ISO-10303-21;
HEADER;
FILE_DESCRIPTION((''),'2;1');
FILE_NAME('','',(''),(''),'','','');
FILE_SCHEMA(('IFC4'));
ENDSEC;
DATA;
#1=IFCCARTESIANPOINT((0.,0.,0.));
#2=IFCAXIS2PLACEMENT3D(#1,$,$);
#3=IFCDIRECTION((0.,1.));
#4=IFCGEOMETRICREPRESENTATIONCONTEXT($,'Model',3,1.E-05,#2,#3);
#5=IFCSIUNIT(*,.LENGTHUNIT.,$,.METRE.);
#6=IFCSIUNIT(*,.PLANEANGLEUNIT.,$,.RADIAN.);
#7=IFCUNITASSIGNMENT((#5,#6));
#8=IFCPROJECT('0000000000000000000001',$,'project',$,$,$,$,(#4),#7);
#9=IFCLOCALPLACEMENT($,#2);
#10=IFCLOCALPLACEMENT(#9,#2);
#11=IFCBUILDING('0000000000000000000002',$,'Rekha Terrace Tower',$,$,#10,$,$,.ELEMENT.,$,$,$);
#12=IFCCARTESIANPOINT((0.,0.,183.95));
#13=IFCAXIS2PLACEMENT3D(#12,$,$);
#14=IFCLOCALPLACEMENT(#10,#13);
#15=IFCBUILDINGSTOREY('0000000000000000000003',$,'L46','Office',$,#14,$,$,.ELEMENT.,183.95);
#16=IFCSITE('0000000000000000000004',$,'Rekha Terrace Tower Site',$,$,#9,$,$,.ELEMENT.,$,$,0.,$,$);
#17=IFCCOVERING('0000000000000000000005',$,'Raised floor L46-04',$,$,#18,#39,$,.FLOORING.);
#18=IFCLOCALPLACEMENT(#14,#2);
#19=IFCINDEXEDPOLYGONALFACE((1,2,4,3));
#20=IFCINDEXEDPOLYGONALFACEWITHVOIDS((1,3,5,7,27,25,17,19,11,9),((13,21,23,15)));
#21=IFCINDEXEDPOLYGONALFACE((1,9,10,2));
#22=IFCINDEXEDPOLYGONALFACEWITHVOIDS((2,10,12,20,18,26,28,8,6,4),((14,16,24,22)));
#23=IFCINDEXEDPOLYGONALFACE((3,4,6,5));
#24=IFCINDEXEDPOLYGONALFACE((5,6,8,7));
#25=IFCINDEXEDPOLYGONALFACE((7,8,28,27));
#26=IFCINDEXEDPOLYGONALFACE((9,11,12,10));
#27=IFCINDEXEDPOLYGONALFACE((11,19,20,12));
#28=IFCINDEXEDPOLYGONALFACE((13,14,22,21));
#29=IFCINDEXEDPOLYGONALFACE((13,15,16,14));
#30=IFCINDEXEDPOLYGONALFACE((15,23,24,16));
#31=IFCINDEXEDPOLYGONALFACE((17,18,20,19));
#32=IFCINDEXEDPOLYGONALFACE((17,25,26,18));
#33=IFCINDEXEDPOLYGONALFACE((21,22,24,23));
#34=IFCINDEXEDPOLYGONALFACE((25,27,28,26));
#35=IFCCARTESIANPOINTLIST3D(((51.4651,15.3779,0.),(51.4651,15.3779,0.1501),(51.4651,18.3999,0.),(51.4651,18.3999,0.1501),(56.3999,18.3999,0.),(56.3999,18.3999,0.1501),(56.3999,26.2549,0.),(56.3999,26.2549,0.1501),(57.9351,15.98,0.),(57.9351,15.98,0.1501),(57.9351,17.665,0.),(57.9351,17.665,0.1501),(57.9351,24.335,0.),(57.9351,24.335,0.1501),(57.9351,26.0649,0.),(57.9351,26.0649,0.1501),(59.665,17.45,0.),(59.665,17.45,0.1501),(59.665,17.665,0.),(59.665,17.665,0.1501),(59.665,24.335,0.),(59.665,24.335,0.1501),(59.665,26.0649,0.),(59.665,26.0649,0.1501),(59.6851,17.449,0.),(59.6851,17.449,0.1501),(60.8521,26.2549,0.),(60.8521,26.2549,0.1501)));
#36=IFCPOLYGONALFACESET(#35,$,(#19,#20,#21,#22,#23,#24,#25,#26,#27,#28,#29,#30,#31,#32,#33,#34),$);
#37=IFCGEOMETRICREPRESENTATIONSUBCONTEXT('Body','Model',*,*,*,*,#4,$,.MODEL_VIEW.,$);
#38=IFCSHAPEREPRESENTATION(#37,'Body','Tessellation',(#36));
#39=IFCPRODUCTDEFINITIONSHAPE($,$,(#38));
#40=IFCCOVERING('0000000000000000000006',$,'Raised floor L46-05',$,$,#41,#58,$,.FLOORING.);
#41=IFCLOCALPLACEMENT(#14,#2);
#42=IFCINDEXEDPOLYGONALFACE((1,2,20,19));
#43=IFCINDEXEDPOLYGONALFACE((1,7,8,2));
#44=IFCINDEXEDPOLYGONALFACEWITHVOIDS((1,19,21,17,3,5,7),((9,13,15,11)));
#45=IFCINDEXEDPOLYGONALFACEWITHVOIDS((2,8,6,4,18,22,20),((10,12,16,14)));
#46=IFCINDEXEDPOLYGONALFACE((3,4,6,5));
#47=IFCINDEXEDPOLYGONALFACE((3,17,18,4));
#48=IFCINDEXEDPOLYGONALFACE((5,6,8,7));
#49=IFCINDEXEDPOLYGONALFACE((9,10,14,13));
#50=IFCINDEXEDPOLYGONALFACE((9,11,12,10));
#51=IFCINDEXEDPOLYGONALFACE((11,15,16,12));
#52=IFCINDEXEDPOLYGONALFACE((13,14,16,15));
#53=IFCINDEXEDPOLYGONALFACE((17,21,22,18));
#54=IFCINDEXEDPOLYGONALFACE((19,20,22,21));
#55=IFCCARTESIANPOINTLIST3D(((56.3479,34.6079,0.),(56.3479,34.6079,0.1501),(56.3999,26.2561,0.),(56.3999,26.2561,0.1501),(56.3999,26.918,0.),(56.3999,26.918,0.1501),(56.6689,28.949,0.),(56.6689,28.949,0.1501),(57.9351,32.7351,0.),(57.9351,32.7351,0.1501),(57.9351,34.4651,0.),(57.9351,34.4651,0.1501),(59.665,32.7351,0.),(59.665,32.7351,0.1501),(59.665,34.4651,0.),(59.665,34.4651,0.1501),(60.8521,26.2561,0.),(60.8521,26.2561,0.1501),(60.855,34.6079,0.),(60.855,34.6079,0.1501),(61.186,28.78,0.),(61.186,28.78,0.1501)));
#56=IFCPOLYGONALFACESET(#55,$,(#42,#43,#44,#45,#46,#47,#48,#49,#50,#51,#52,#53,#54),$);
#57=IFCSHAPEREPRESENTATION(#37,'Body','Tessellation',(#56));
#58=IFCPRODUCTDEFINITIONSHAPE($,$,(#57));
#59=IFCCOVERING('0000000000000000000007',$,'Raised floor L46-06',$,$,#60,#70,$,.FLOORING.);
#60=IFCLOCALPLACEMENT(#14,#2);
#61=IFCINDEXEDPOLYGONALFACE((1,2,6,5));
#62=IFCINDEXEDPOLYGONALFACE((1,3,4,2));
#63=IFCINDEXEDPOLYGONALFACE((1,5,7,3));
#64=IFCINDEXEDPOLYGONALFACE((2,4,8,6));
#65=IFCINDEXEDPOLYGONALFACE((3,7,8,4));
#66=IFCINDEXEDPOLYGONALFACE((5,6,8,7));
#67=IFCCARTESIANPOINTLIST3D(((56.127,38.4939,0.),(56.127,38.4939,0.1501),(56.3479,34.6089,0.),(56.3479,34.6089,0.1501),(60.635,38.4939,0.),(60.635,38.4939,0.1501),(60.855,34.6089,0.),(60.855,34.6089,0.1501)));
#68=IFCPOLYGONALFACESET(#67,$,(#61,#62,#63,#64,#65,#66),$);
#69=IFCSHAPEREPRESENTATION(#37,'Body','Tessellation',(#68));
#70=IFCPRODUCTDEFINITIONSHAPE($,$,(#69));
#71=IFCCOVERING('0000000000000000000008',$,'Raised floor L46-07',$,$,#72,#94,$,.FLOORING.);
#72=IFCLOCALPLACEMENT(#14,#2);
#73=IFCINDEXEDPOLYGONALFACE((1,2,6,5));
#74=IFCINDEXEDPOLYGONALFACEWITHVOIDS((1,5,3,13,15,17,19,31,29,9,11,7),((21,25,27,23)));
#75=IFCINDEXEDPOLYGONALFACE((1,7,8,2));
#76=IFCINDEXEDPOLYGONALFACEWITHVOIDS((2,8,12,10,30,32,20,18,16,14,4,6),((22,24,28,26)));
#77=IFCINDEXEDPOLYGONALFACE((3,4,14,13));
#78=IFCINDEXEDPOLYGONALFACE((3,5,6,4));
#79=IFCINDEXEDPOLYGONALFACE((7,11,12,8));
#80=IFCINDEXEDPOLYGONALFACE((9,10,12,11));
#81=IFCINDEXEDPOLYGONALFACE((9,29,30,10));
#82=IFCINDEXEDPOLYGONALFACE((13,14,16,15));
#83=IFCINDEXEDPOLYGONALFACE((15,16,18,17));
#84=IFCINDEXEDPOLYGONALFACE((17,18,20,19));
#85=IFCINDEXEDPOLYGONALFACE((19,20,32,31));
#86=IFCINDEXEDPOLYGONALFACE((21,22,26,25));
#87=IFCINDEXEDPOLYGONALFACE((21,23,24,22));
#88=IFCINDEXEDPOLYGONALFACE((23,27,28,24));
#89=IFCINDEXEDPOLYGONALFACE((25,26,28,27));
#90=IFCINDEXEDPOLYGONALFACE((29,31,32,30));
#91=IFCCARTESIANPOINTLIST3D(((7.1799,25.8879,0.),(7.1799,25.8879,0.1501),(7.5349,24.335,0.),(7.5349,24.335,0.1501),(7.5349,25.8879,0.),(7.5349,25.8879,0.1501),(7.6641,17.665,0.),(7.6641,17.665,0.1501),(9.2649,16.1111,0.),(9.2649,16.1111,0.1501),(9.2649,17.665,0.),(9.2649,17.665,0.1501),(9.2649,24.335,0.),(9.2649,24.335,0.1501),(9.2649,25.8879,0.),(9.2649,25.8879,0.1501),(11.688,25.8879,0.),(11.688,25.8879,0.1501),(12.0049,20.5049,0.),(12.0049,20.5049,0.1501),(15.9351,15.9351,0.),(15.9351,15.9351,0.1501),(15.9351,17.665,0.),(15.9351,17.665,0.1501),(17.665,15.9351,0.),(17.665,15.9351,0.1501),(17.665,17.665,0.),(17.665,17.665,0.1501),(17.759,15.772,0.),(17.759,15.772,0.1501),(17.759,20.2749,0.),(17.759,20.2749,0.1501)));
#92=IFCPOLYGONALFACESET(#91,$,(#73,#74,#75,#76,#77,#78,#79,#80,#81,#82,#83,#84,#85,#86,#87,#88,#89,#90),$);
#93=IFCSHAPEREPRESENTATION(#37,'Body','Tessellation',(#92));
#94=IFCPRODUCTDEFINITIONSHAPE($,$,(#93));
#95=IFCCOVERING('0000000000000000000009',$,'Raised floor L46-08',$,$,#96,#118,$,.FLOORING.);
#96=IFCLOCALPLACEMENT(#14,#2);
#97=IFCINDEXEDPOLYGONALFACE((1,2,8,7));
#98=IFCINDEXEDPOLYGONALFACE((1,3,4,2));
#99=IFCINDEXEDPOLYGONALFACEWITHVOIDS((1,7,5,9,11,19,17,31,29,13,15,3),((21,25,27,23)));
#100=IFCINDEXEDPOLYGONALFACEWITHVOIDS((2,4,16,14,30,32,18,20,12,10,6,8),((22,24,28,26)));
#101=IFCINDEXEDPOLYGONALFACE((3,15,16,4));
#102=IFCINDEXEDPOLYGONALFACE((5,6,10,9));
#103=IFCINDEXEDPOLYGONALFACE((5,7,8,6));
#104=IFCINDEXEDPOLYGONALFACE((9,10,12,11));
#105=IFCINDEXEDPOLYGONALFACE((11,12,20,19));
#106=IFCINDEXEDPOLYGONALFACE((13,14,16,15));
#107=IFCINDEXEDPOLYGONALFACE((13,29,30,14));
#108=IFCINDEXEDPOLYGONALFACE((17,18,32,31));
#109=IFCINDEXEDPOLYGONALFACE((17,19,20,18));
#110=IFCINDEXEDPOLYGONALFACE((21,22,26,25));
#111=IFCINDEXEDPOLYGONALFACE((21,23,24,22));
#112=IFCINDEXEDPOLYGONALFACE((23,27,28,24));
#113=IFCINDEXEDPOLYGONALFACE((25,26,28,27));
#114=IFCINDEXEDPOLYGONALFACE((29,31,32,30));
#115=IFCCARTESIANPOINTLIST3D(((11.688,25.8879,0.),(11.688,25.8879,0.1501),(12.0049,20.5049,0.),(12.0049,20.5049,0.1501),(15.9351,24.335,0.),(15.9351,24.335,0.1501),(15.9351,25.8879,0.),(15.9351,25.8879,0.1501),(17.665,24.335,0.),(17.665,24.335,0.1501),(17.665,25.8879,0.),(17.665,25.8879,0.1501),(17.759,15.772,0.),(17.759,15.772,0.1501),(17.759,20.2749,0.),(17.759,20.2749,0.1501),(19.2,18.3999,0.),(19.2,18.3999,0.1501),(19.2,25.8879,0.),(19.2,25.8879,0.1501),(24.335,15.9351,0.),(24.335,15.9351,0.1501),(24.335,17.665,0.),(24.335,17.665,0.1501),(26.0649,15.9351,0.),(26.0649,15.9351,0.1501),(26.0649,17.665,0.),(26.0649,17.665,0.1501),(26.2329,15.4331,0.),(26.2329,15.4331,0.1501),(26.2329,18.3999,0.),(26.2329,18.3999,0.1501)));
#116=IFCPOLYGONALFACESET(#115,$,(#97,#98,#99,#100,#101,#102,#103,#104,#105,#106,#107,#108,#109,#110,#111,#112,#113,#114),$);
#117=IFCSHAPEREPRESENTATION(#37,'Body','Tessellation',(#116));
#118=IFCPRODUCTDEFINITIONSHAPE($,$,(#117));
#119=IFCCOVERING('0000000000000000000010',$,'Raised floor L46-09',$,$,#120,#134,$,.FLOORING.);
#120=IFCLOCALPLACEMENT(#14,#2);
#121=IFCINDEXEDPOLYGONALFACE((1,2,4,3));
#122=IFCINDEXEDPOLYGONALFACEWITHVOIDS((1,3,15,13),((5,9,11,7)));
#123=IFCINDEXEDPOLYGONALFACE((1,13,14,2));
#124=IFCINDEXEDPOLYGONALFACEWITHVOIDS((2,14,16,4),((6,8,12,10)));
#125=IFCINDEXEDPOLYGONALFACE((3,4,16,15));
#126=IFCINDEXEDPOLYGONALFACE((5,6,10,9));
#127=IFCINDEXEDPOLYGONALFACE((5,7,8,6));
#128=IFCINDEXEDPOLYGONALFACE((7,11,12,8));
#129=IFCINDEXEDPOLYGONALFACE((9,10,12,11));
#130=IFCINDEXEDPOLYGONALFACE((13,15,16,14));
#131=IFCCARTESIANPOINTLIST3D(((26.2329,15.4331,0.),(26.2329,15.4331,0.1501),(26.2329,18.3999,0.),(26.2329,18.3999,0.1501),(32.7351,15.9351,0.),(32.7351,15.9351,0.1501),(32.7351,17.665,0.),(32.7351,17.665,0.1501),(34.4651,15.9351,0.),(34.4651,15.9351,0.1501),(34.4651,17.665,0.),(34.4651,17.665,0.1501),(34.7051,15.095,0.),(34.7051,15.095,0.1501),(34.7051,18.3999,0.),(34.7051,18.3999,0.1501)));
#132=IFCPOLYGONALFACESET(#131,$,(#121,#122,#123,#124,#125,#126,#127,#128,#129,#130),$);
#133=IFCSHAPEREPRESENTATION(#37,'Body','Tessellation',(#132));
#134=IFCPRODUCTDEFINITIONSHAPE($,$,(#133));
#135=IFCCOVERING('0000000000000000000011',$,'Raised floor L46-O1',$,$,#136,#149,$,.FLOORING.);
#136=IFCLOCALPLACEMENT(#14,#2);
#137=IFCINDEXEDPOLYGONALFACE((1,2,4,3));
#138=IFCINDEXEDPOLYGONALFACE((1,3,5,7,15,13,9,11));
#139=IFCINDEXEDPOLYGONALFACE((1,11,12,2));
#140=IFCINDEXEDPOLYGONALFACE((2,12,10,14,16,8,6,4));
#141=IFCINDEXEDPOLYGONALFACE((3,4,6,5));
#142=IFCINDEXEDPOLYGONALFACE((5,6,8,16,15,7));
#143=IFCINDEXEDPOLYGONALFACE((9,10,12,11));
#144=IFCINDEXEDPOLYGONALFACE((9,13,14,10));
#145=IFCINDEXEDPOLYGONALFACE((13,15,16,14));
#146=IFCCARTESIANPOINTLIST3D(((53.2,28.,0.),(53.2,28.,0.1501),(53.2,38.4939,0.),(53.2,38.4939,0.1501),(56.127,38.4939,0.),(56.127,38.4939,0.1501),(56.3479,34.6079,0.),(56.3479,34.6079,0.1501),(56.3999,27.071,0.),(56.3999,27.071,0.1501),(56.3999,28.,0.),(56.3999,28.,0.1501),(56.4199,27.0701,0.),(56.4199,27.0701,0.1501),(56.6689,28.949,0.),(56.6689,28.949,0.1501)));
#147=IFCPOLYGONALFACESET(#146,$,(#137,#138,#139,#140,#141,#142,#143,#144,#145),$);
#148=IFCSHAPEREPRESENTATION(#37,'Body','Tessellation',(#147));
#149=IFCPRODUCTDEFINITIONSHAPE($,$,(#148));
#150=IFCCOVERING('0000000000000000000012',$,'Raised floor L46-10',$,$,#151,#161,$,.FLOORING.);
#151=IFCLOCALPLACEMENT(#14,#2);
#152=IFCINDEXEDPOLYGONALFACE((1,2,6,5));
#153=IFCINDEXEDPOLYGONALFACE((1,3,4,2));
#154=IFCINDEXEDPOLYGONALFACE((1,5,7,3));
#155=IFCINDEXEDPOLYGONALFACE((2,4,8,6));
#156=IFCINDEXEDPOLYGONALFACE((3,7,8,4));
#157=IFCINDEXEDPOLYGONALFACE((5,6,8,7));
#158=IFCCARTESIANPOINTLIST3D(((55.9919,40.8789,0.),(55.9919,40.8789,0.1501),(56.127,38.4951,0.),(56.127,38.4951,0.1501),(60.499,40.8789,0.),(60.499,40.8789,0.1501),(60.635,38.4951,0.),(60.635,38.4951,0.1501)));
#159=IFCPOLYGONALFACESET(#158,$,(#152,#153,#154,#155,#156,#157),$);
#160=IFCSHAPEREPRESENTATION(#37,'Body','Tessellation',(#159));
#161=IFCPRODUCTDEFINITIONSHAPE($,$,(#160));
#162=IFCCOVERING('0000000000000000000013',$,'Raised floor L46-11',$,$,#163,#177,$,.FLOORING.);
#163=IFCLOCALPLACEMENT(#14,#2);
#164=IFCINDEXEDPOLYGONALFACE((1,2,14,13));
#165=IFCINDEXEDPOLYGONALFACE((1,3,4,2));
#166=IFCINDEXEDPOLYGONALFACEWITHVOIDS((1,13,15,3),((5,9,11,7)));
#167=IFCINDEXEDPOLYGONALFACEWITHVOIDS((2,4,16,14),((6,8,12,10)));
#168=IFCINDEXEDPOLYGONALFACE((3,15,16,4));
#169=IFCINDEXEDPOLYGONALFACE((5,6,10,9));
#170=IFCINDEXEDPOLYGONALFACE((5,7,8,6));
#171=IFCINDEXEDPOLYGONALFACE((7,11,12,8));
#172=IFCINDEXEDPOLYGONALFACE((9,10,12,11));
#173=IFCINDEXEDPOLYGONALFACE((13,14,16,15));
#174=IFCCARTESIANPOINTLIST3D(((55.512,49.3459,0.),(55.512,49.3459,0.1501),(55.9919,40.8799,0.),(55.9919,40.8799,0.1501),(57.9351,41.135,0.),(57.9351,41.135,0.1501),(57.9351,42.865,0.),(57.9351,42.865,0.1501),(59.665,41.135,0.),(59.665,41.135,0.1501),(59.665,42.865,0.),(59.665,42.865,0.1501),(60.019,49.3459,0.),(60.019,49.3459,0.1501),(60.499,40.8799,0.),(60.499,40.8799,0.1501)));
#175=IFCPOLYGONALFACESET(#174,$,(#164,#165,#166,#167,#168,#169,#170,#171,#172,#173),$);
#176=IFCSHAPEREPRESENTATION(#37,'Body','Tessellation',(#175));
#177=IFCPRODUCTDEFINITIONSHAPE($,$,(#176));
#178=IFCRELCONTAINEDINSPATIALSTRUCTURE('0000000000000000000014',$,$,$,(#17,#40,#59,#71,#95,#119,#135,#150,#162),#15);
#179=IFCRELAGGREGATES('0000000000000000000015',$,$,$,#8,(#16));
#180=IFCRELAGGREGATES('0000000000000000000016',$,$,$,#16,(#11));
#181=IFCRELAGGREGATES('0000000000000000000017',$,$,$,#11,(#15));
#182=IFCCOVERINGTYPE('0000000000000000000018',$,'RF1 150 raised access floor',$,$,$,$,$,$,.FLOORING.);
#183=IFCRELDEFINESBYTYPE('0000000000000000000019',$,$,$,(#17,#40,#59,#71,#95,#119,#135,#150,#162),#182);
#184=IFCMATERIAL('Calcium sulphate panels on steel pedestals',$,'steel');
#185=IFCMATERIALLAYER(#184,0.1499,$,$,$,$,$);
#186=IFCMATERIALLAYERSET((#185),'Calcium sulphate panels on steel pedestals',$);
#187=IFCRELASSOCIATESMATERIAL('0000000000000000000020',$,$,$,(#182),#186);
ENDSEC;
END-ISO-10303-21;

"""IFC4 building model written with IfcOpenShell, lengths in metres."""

from ifc_helpers import new_model, si_unit, direction, frame, origin, place, context, subcontext, project, spatial, polyline, outline, extrude, material, layer, layer_set, type_object, element, save


model = new_model("IFC4")

# Units and contexts
model_context = context("Model", 3, precision=1e-05, world=origin(), true_north=direction((0.0, 1.0)))
body_context = subcontext(model_context, "Body", "Model", "MODEL_VIEW")
ifc_project = project(units=[si_unit("LENGTHUNIT", "METRE"), si_unit("PLANEANGLEUNIT", "RADIAN")], contexts=[model_context])

# Site, building, storey
site_placement = place(None, origin())
site = spatial("IfcSite", under=ifc_project, at=site_placement, Name="Rekha Terrace Tower Site", CompositionType="ELEMENT", RefElevation=0.0)
building_placement = place(site_placement, origin())
building = spatial("IfcBuilding", under=site, at=building_placement, Name="Rekha Terrace Tower", CompositionType="ELEMENT")
storey_placement = place(building_placement, frame((0.0, 0.0, 183.95)))
storey = spatial("IfcBuildingStorey", under=building, at=storey_placement, Name="L46", Description="Office", CompositionType="ELEMENT", Elevation=183.95)

# Coverings
ifc_material_1 = material(Name="Calcium sulphate panels on steel pedestals", Category="steel")
ifc_layer_1 = layer(ifc_material_1, 0.1499)
ifc_layer_set_1 = layer_set([ifc_layer_1], Name="Calcium sulphate panels on steel pedestals")
covering_type_1 = type_object("IfcCoveringType", Name="RF1 150 raised access floor", PredefinedType="FLOORING", material=ifc_layer_set_1)
covering_1_placement = place(storey_placement, origin())
element("IfcCovering", 1, at=covering_1_placement, inside=storey, type_object=covering_type_1, Name="Raised floor L46-04", PredefinedType="FLOORING", context=body_context, shape_type="SweptSolid", body=[
    extrude(outline(polyline([(56.3999, 26.2549), (56.3999, 18.3999), (51.4651, 18.3999), (51.4651, 15.3779), (57.9351, 15.98), (57.9351, 17.665), (59.665, 17.665), (59.665, 17.45), (59.6851, 17.449), (60.8521, 26.2549), (56.3999, 26.2549)]), holes=[polyline([(59.665, 24.335), (57.9351, 24.335), (57.9351, 26.0649), (59.665, 26.0649), (59.665, 24.335)])]), origin(), (0.0, 0.0, 1.0), 0.1501),
])
covering_2_placement = place(storey_placement, origin())
element("IfcCovering", 2, at=covering_2_placement, inside=storey, type_object=covering_type_1, Name="Raised floor L46-05", PredefinedType="FLOORING", context=body_context, shape_type="SweptSolid", body=[
    extrude(outline(polyline([(60.855, 34.6079), (56.3479, 34.6079), (56.6689, 28.949), (56.3999, 26.918), (56.3999, 26.2561), (60.8521, 26.2561), (61.186, 28.78), (60.855, 34.6079)]), holes=[polyline([(59.665, 34.4651), (59.665, 32.7351), (57.9351, 32.7351), (57.9351, 34.4651), (59.665, 34.4651)])]), origin(), (0.0, 0.0, 1.0), 0.1501),
])
covering_3_placement = place(storey_placement, origin())
element("IfcCovering", 3, at=covering_3_placement, inside=storey, type_object=covering_type_1, Name="Raised floor L46-06", PredefinedType="FLOORING", context=body_context, shape_type="SweptSolid", body=[
    extrude(outline(polyline([(56.3479, 34.6089), (60.855, 34.6089), (60.635, 38.4939), (56.127, 38.4939), (56.3479, 34.6089)])), origin(), (0.0, 0.0, 1.0), 0.1501),
])
covering_4_placement = place(storey_placement, origin())
element("IfcCovering", 4, at=covering_4_placement, inside=storey, type_object=covering_type_1, Name="Raised floor L46-07", PredefinedType="FLOORING", context=body_context, shape_type="SweptSolid", body=[
    extrude(outline(polyline([(7.5349, 24.335), (7.5349, 25.8879), (7.1799, 25.8879), (7.6641, 17.665), (9.2649, 17.665), (9.2649, 16.1111), (17.759, 15.772), (17.759, 20.2749), (12.0049, 20.5049), (11.688, 25.8879), (9.2649, 25.8879), (9.2649, 24.335), (7.5349, 24.335)]), holes=[polyline([(17.665, 17.665), (17.665, 15.9351), (15.9351, 15.9351), (15.9351, 17.665), (17.665, 17.665)])]), origin(), (0.0, 0.0, 1.0), 0.1501),
])
covering_5_placement = place(storey_placement, origin())
element("IfcCovering", 5, at=covering_5_placement, inside=storey, type_object=covering_type_1, Name="Raised floor L46-08", PredefinedType="FLOORING", context=body_context, shape_type="SweptSolid", body=[
    extrude(outline(polyline([(17.759, 15.772), (26.2329, 15.4331), (26.2329, 18.3999), (19.2, 18.3999), (19.2, 25.8879), (17.665, 25.8879), (17.665, 24.335), (15.9351, 24.335), (15.9351, 25.8879), (11.688, 25.8879), (12.0049, 20.5049), (17.759, 20.2749), (17.759, 15.772)]), holes=[polyline([(26.0649, 17.665), (26.0649, 15.9351), (24.335, 15.9351), (24.335, 17.665), (26.0649, 17.665)])]), origin(), (0.0, 0.0, 1.0), 0.1501),
])
covering_6_placement = place(storey_placement, origin())
element("IfcCovering", 6, at=covering_6_placement, inside=storey, type_object=covering_type_1, Name="Raised floor L46-09", PredefinedType="FLOORING", context=body_context, shape_type="SweptSolid", body=[
    extrude(outline(polyline([(34.7051, 15.095), (34.7051, 18.3999), (26.2329, 18.3999), (26.2329, 15.4331), (34.7051, 15.095)]), holes=[polyline([(34.4651, 15.9351), (32.7351, 15.9351), (32.7351, 17.665), (34.4651, 17.665), (34.4651, 15.9351)])]), origin(), (0.0, 0.0, 1.0), 0.1501),
])
covering_7_placement = place(storey_placement, origin())
element("IfcCovering", 7, at=covering_7_placement, inside=storey, type_object=covering_type_1, Name="Raised floor L46-O1", PredefinedType="FLOORING", context=body_context, shape_type="SweptSolid", body=[
    extrude(outline(polyline([(56.6689, 28.949), (56.3479, 34.6079), (56.127, 38.4939), (53.2, 38.4939), (53.2, 28.0), (56.3999, 28.0), (56.3999, 27.071), (56.4199, 27.0701), (56.6689, 28.949)])), origin(), (0.0, 0.0, 1.0), 0.1501),
])
covering_8_placement = place(storey_placement, origin())
element("IfcCovering", 8, at=covering_8_placement, inside=storey, type_object=covering_type_1, Name="Raised floor L46-10", PredefinedType="FLOORING", context=body_context, shape_type="SweptSolid", body=[
    extrude(outline(polyline([(60.499, 40.8789), (55.9919, 40.8789), (56.127, 38.4951), (60.635, 38.4951), (60.499, 40.8789)])), origin(), (0.0, 0.0, 1.0), 0.1501),
])
covering_9_placement = place(storey_placement, origin())
element("IfcCovering", 9, at=covering_9_placement, inside=storey, type_object=covering_type_1, Name="Raised floor L46-11", PredefinedType="FLOORING", context=body_context, shape_type="SweptSolid", body=[
    extrude(outline(polyline([(60.019, 49.3459), (55.512, 49.3459), (55.9919, 40.8799), (60.499, 40.8799), (60.019, 49.3459)]), holes=[polyline([(59.665, 41.135), (57.9351, 41.135), (57.9351, 42.865), (59.665, 42.865), (59.665, 41.135)])]), origin(), (0.0, 0.0, 1.0), 0.1501),
])

save(model, "model.ifc")
